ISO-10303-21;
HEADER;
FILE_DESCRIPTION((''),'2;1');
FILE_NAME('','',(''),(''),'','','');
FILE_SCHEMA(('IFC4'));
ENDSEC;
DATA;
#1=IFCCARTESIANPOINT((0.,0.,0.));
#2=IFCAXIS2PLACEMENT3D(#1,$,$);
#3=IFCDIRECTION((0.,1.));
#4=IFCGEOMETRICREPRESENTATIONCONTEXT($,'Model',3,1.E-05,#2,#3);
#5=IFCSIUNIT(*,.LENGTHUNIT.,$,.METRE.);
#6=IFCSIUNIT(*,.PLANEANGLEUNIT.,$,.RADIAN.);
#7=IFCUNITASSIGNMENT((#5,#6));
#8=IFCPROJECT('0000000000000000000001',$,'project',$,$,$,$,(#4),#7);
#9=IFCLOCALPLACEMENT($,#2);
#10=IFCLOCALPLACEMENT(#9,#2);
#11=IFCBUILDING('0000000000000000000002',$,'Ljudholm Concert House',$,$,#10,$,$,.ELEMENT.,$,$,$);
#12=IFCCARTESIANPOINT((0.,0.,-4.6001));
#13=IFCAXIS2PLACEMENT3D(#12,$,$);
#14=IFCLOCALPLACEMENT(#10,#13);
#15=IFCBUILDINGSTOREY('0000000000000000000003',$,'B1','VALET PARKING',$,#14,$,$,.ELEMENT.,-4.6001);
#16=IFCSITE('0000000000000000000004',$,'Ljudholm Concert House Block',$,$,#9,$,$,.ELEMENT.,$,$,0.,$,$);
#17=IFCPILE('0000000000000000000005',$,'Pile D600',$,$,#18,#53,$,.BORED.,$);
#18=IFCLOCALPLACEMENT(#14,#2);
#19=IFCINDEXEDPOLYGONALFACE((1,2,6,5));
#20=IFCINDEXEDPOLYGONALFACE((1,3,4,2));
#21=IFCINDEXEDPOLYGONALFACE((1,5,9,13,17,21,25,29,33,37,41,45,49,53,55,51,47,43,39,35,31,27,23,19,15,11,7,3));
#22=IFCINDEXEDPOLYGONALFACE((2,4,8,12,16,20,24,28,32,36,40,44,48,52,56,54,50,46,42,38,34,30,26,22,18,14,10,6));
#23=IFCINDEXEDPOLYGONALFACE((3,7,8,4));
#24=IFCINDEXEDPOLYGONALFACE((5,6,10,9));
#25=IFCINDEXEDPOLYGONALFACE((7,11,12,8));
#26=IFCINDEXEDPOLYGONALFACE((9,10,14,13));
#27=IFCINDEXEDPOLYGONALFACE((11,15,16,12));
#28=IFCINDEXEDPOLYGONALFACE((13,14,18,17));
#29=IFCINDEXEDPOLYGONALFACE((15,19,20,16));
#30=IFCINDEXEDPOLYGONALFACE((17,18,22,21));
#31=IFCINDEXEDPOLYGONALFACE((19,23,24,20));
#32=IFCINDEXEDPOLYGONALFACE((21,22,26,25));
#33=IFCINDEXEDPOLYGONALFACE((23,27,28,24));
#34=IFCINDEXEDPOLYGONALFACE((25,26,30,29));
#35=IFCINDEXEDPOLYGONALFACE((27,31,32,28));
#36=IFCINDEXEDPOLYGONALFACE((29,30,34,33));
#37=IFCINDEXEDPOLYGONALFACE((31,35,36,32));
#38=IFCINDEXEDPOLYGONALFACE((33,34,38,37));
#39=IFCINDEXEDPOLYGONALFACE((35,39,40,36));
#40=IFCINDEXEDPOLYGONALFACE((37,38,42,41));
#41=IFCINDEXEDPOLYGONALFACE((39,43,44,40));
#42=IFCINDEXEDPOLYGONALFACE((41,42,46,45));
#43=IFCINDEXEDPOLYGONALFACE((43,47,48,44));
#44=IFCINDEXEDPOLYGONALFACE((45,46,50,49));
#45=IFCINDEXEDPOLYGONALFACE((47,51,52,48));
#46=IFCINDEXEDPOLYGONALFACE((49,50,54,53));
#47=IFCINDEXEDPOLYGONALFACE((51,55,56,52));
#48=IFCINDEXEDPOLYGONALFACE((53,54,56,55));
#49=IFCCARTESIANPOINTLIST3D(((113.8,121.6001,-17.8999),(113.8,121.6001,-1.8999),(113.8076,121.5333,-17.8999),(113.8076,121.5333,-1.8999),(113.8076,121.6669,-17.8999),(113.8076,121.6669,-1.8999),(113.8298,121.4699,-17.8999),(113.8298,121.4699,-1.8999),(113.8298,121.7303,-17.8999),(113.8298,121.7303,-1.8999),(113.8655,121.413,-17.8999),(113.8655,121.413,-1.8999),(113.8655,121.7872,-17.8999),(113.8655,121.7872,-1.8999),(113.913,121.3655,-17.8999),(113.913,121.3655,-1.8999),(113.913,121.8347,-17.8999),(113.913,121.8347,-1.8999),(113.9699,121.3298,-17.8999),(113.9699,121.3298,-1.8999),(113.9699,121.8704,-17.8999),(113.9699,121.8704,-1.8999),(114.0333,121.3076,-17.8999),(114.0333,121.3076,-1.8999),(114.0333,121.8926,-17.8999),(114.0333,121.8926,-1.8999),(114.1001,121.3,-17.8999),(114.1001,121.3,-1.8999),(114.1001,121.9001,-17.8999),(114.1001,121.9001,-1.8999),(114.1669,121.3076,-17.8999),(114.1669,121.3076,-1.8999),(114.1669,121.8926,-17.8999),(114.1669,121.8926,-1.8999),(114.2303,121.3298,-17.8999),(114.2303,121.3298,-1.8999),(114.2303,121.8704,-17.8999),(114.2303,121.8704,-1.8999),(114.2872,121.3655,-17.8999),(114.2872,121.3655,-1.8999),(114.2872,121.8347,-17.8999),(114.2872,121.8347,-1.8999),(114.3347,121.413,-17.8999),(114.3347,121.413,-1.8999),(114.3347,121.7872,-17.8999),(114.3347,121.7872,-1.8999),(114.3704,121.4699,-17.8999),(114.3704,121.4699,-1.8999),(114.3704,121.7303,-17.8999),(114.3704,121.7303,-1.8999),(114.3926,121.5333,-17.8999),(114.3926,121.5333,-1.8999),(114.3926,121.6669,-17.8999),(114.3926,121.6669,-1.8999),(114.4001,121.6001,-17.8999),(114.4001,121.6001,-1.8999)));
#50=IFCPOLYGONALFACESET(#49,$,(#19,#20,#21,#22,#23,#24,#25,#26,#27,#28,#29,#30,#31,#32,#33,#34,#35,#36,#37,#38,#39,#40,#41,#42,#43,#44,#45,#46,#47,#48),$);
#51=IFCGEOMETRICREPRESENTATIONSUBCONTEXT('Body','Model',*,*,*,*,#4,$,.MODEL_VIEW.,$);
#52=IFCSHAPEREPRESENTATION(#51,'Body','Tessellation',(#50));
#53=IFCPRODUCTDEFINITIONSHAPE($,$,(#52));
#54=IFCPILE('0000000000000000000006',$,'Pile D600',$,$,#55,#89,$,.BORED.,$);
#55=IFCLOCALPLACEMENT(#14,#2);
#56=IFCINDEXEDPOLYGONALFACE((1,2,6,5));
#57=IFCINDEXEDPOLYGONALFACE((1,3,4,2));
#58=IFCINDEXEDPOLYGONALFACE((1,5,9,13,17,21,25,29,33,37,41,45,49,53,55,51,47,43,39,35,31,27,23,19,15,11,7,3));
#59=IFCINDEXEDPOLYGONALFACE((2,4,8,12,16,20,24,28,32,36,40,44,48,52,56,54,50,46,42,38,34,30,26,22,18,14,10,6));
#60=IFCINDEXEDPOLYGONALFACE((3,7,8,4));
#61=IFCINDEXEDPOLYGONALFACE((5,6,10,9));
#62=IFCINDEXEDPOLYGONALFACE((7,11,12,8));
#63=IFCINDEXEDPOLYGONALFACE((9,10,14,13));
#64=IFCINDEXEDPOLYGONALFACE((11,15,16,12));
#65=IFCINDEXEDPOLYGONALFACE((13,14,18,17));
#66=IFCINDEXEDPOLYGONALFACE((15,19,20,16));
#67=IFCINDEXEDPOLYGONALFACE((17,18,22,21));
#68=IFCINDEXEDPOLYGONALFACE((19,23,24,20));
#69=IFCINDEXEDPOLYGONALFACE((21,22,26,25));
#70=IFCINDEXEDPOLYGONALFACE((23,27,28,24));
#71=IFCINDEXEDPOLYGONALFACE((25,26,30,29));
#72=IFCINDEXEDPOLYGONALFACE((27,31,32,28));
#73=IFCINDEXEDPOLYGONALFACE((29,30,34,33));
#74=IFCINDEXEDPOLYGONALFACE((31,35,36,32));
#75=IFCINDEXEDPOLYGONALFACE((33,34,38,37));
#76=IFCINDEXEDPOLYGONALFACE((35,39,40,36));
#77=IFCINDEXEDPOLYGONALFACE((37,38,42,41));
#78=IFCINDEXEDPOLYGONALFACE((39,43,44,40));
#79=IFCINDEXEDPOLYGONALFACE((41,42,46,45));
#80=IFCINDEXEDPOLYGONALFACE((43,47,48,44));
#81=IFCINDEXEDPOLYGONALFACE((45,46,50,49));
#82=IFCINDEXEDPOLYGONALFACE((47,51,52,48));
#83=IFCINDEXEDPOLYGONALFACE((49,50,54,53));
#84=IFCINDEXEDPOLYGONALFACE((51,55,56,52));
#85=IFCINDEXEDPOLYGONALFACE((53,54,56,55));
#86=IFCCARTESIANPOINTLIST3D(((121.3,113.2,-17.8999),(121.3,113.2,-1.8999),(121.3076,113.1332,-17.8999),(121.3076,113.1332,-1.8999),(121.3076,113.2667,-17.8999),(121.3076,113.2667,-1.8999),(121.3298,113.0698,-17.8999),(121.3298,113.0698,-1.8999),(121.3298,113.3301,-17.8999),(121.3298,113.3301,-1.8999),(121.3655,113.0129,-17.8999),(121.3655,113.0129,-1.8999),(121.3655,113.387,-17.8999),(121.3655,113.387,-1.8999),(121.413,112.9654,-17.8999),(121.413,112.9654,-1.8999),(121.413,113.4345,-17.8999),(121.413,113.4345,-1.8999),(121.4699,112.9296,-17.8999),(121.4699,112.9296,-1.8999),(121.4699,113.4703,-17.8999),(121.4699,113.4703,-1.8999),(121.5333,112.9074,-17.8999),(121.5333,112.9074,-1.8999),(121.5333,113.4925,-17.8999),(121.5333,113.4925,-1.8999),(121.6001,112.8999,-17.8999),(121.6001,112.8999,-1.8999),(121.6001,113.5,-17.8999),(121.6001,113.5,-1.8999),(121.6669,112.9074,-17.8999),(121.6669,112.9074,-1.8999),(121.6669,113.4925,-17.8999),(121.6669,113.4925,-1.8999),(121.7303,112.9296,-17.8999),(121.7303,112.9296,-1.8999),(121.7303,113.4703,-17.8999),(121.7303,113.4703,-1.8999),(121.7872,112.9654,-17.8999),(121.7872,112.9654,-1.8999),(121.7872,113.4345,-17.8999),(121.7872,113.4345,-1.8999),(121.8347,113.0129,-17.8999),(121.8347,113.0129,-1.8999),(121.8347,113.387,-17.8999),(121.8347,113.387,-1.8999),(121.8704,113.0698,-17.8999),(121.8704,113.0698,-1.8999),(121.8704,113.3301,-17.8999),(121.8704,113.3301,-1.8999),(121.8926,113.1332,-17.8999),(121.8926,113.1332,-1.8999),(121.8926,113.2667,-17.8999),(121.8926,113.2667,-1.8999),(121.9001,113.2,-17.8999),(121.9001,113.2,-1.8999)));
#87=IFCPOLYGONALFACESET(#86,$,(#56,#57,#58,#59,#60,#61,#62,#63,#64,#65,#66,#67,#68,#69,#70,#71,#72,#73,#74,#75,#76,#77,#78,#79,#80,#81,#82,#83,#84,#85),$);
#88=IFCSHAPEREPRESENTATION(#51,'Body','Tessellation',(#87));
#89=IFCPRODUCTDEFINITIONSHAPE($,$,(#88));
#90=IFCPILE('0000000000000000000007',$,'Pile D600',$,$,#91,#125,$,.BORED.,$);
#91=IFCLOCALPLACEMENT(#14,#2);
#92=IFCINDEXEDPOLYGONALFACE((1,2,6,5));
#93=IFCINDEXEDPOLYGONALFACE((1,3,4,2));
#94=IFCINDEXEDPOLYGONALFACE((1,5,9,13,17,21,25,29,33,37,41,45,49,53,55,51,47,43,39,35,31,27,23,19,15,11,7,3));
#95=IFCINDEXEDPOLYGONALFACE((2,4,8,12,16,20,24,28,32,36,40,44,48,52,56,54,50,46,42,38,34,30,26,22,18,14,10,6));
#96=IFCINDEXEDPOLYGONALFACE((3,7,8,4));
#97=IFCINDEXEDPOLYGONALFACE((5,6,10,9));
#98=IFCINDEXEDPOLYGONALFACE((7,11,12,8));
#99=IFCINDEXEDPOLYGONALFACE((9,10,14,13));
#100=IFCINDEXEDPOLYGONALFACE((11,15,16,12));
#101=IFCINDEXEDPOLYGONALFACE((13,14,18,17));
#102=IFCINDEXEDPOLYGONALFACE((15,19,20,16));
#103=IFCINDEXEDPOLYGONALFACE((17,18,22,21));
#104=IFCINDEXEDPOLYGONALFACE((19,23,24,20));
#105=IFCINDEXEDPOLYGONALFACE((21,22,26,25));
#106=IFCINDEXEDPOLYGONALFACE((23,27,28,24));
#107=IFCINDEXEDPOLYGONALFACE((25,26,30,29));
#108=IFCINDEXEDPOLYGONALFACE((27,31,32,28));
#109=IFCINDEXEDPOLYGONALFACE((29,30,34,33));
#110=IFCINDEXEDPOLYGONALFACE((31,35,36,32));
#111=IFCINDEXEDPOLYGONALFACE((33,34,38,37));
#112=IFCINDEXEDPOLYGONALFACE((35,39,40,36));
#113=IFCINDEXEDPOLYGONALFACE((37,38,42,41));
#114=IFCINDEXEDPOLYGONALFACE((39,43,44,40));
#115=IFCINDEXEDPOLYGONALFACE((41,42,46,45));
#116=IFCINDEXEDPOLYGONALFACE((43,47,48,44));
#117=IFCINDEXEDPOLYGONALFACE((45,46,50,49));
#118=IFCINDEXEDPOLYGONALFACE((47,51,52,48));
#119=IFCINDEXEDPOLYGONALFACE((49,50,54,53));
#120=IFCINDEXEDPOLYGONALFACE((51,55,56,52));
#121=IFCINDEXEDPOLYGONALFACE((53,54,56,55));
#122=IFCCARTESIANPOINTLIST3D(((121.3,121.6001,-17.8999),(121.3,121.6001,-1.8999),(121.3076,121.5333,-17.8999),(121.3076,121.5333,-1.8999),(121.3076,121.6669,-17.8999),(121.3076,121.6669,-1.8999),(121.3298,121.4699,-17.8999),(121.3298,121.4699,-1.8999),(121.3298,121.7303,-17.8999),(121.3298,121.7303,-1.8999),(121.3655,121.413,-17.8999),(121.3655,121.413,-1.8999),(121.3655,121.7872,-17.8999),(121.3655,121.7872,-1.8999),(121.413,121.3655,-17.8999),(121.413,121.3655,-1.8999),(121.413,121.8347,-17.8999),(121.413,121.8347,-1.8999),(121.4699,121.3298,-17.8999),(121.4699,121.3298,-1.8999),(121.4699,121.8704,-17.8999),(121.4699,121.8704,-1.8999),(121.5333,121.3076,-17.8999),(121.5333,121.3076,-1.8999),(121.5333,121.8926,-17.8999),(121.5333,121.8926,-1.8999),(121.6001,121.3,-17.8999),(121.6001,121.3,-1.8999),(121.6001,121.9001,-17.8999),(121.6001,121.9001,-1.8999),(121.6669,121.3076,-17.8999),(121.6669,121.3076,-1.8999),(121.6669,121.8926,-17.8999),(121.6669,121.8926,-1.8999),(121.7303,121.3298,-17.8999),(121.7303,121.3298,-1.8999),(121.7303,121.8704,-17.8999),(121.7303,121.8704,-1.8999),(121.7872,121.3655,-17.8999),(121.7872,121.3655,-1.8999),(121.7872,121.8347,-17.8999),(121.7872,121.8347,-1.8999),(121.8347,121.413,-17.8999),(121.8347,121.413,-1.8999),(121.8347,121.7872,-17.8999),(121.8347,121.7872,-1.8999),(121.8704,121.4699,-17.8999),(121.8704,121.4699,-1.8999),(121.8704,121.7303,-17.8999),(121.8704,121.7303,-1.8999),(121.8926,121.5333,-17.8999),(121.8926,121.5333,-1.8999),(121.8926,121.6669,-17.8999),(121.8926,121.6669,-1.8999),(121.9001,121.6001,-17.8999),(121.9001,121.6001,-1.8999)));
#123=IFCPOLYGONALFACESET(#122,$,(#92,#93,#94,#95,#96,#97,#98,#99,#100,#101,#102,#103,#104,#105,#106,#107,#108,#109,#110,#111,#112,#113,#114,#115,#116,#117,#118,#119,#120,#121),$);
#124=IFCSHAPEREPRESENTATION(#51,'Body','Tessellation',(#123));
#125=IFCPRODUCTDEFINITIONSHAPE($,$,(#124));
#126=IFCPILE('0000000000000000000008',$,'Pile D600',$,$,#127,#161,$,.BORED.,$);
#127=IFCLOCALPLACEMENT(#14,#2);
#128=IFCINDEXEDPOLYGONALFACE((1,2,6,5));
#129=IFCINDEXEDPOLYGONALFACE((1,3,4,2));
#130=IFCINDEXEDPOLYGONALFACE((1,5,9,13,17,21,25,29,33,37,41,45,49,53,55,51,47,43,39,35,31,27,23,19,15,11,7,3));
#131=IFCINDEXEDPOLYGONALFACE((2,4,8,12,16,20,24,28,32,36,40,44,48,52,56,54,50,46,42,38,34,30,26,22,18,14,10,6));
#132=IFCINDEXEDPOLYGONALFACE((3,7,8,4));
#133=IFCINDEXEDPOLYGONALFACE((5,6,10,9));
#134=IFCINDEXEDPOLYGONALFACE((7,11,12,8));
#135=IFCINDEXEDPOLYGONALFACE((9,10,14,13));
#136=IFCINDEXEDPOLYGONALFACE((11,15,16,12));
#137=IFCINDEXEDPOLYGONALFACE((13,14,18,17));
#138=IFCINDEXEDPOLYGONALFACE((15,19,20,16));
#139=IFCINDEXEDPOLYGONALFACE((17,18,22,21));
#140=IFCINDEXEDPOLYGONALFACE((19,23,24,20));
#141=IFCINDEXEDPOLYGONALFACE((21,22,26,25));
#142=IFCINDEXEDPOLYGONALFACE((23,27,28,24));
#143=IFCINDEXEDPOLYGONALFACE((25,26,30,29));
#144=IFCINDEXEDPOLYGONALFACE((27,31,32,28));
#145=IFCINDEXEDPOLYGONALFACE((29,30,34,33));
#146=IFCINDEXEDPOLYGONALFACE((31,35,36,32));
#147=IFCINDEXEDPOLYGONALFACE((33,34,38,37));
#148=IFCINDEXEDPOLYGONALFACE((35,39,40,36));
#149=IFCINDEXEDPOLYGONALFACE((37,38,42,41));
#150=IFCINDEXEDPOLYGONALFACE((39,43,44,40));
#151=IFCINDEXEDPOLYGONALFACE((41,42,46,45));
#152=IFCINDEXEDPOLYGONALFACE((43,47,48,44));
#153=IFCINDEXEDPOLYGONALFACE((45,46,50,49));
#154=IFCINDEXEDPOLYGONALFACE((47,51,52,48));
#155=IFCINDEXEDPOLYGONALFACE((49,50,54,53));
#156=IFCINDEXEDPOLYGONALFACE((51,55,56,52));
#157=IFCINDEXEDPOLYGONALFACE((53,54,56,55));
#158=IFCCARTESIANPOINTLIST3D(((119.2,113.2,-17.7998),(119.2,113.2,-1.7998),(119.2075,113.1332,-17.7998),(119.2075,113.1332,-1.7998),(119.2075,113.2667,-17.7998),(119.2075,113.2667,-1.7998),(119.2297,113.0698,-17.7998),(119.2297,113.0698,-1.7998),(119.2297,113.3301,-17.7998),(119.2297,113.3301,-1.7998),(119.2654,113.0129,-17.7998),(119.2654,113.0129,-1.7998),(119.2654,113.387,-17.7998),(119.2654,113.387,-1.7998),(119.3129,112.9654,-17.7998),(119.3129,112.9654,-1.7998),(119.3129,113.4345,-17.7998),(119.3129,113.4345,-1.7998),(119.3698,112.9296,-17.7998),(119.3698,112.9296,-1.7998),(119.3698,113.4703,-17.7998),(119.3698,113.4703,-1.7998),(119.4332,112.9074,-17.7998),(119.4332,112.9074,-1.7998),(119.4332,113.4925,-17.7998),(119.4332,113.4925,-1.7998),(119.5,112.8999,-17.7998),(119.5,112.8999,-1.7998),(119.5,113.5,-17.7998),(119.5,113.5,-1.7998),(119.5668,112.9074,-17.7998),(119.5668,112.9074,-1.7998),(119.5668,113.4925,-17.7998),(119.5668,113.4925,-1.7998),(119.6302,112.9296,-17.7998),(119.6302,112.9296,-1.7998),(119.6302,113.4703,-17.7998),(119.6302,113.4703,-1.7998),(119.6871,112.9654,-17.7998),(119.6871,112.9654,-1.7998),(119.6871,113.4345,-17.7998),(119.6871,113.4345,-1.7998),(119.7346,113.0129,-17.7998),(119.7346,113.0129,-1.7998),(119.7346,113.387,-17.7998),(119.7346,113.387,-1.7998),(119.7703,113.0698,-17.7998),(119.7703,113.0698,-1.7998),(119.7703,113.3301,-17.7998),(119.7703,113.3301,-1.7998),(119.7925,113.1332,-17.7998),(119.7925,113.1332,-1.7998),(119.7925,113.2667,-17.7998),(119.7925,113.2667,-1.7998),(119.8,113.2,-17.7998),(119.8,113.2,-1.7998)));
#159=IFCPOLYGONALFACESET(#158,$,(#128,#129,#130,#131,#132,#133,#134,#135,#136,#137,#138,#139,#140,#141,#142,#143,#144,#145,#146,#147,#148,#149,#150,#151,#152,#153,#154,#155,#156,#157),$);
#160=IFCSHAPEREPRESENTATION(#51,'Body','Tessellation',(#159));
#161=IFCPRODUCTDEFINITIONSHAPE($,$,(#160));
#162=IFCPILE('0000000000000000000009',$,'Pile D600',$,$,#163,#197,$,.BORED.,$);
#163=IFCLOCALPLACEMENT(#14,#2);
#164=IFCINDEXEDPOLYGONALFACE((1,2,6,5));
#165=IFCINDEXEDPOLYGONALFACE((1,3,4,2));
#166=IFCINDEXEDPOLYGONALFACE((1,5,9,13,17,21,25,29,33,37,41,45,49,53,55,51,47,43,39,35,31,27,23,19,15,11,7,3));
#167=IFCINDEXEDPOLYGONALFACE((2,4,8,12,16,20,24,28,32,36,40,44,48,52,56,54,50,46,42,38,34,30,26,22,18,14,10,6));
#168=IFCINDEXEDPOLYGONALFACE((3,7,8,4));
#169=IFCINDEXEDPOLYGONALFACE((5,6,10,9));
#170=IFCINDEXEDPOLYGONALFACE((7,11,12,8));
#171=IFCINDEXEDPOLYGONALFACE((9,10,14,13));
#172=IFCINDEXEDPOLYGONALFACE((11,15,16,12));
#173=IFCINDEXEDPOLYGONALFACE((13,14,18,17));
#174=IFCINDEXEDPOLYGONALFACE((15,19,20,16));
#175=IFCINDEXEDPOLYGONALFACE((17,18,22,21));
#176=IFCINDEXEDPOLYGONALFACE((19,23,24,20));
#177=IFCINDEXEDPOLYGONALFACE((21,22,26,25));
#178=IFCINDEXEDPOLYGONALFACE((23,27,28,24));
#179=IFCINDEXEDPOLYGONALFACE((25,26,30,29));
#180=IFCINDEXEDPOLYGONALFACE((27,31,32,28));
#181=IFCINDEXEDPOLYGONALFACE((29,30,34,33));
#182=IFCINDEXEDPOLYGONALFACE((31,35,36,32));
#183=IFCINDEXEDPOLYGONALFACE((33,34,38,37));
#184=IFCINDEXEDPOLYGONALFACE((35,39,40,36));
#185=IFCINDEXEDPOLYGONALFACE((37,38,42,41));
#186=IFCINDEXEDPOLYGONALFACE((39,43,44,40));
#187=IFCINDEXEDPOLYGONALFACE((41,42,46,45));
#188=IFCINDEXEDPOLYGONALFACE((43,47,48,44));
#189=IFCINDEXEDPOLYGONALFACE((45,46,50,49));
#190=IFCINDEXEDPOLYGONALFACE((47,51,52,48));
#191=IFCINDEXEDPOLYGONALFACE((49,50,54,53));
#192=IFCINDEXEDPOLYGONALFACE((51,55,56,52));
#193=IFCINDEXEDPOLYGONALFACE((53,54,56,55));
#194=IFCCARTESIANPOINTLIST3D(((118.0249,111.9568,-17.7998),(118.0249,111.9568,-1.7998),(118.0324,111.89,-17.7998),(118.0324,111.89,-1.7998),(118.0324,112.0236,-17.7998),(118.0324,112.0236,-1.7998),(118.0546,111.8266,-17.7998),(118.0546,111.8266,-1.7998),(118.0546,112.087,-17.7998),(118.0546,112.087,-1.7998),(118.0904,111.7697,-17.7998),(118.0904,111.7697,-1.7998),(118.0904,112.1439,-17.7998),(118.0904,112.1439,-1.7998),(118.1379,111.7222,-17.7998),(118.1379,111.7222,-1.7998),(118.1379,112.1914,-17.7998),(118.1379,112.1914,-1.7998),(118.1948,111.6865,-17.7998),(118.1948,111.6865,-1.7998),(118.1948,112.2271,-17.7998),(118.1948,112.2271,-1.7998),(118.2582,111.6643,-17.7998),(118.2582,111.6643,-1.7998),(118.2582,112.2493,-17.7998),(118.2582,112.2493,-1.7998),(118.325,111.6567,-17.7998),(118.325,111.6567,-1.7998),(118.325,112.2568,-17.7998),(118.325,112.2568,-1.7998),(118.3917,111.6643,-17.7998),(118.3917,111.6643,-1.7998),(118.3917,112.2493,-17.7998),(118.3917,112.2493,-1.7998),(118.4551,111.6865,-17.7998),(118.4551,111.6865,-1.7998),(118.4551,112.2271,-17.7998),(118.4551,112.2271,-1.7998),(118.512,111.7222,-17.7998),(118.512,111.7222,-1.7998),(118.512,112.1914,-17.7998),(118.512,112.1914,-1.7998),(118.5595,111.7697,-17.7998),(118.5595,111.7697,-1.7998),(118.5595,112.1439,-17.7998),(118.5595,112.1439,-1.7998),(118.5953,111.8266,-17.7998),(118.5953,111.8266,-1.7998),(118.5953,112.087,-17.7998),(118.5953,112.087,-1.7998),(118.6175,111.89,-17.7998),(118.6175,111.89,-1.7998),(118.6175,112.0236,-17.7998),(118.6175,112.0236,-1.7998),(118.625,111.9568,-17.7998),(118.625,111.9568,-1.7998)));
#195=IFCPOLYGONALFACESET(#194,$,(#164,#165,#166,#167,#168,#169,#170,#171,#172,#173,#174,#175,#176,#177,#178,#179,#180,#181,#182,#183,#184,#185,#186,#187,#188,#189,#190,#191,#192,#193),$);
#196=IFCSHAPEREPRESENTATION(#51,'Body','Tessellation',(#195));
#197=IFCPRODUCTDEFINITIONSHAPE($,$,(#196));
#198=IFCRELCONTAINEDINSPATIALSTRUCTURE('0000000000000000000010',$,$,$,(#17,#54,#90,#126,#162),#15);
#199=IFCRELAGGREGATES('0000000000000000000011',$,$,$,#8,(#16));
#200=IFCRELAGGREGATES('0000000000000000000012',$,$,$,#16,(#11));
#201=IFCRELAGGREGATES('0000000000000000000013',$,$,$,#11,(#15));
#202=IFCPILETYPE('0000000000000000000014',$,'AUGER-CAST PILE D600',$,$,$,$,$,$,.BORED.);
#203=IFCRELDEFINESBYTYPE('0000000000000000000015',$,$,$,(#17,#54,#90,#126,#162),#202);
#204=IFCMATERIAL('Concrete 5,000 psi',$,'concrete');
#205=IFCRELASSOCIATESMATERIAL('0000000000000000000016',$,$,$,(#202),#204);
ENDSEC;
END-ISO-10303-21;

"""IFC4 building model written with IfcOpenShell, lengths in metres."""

from ifc_helpers import new_model, si_unit, direction, frame, origin, origin_2d, place, context, subcontext, project, spatial, circle, extrude, material, material_profile, profile_set, type_object, element, save


model = new_model("IFC4")

# Units and contexts
model_context = context("Model", 3, precision=1e-05, world=origin(), true_north=direction((0.0, 1.0)))
body_context = subcontext(model_context, "Body", "Model", "MODEL_VIEW")
ifc_project = project(units=[si_unit("LENGTHUNIT", "METRE"), si_unit("PLANEANGLEUNIT", "RADIAN")], contexts=[model_context])

# Site, building, storey
site_placement = place(None, origin())
site = spatial("IfcSite", under=ifc_project, at=site_placement, Name="Ljudholm Concert House Block", CompositionType="ELEMENT", RefElevation=0.0)
building_placement = place(site_placement, origin())
building = spatial("IfcBuilding", under=site, at=building_placement, Name="Ljudholm Concert House", CompositionType="ELEMENT")
storey_placement = place(building_placement, frame((0.0, 0.0, -4.6001)))
storey = spatial("IfcBuildingStorey", under=building, at=storey_placement, Name="B1", Description="VALET PARKING", CompositionType="ELEMENT", Elevation=-4.6001)

# Piles
ifc_material_1 = material(Name="Concrete 5,000 psi", Category="concrete")
ifc_material_profile_1 = material_profile(ifc_material_1, circle(Radius=0.3, at=origin_2d()), Name="AUGER-CAST PILE D600")
ifc_profile_set_1 = profile_set([ifc_material_profile_1], Name="Concrete 5,000 psi")
pile_type = type_object("IfcPileType", Name="AUGER-CAST PILE D600", PredefinedType="BORED", material=ifc_profile_set_1)
for number, where, z_axis, x_axis, name in (
    (1, (114.1001, 121.6001, -1.8999), (0.0, 0.0, -1.0), (1.0, 0.0, 0.0), "Pile D600"),
    (2, (121.6001, 113.2, -1.8999), (0.0, 0.0, -1.0), (1.0, 0.0, 0.0), "Pile D600"),
    (3, (121.6001, 121.6001, -1.8999), (0.0, 0.0, -1.0), (1.0, 0.0, 0.0), "Pile D600"),
    (4, (119.5, 113.2, -1.7998), (0.0, 0.0, -1.0), (1.0, 0.0, 0.0), "Pile D600"),
    (5, (118.325, 111.9568, -1.7998), (0.0, 0.0, -1.0), (1.0, 0.0, 0.0), "Pile D600"),
):
    element("IfcPile", number, at=place(storey_placement, frame(where, z_axis=z_axis, x_axis=x_axis)), inside=storey, type_object=pile_type, Name=name, PredefinedType="BORED", context=body_context, shape_type="SweptSolid", body=[
        extrude(circle(Radius=0.3, at=origin_2d()), origin(), (0.0, 0.0, 1.0), 16.0),
    ])

save(model, "model.ifc")
